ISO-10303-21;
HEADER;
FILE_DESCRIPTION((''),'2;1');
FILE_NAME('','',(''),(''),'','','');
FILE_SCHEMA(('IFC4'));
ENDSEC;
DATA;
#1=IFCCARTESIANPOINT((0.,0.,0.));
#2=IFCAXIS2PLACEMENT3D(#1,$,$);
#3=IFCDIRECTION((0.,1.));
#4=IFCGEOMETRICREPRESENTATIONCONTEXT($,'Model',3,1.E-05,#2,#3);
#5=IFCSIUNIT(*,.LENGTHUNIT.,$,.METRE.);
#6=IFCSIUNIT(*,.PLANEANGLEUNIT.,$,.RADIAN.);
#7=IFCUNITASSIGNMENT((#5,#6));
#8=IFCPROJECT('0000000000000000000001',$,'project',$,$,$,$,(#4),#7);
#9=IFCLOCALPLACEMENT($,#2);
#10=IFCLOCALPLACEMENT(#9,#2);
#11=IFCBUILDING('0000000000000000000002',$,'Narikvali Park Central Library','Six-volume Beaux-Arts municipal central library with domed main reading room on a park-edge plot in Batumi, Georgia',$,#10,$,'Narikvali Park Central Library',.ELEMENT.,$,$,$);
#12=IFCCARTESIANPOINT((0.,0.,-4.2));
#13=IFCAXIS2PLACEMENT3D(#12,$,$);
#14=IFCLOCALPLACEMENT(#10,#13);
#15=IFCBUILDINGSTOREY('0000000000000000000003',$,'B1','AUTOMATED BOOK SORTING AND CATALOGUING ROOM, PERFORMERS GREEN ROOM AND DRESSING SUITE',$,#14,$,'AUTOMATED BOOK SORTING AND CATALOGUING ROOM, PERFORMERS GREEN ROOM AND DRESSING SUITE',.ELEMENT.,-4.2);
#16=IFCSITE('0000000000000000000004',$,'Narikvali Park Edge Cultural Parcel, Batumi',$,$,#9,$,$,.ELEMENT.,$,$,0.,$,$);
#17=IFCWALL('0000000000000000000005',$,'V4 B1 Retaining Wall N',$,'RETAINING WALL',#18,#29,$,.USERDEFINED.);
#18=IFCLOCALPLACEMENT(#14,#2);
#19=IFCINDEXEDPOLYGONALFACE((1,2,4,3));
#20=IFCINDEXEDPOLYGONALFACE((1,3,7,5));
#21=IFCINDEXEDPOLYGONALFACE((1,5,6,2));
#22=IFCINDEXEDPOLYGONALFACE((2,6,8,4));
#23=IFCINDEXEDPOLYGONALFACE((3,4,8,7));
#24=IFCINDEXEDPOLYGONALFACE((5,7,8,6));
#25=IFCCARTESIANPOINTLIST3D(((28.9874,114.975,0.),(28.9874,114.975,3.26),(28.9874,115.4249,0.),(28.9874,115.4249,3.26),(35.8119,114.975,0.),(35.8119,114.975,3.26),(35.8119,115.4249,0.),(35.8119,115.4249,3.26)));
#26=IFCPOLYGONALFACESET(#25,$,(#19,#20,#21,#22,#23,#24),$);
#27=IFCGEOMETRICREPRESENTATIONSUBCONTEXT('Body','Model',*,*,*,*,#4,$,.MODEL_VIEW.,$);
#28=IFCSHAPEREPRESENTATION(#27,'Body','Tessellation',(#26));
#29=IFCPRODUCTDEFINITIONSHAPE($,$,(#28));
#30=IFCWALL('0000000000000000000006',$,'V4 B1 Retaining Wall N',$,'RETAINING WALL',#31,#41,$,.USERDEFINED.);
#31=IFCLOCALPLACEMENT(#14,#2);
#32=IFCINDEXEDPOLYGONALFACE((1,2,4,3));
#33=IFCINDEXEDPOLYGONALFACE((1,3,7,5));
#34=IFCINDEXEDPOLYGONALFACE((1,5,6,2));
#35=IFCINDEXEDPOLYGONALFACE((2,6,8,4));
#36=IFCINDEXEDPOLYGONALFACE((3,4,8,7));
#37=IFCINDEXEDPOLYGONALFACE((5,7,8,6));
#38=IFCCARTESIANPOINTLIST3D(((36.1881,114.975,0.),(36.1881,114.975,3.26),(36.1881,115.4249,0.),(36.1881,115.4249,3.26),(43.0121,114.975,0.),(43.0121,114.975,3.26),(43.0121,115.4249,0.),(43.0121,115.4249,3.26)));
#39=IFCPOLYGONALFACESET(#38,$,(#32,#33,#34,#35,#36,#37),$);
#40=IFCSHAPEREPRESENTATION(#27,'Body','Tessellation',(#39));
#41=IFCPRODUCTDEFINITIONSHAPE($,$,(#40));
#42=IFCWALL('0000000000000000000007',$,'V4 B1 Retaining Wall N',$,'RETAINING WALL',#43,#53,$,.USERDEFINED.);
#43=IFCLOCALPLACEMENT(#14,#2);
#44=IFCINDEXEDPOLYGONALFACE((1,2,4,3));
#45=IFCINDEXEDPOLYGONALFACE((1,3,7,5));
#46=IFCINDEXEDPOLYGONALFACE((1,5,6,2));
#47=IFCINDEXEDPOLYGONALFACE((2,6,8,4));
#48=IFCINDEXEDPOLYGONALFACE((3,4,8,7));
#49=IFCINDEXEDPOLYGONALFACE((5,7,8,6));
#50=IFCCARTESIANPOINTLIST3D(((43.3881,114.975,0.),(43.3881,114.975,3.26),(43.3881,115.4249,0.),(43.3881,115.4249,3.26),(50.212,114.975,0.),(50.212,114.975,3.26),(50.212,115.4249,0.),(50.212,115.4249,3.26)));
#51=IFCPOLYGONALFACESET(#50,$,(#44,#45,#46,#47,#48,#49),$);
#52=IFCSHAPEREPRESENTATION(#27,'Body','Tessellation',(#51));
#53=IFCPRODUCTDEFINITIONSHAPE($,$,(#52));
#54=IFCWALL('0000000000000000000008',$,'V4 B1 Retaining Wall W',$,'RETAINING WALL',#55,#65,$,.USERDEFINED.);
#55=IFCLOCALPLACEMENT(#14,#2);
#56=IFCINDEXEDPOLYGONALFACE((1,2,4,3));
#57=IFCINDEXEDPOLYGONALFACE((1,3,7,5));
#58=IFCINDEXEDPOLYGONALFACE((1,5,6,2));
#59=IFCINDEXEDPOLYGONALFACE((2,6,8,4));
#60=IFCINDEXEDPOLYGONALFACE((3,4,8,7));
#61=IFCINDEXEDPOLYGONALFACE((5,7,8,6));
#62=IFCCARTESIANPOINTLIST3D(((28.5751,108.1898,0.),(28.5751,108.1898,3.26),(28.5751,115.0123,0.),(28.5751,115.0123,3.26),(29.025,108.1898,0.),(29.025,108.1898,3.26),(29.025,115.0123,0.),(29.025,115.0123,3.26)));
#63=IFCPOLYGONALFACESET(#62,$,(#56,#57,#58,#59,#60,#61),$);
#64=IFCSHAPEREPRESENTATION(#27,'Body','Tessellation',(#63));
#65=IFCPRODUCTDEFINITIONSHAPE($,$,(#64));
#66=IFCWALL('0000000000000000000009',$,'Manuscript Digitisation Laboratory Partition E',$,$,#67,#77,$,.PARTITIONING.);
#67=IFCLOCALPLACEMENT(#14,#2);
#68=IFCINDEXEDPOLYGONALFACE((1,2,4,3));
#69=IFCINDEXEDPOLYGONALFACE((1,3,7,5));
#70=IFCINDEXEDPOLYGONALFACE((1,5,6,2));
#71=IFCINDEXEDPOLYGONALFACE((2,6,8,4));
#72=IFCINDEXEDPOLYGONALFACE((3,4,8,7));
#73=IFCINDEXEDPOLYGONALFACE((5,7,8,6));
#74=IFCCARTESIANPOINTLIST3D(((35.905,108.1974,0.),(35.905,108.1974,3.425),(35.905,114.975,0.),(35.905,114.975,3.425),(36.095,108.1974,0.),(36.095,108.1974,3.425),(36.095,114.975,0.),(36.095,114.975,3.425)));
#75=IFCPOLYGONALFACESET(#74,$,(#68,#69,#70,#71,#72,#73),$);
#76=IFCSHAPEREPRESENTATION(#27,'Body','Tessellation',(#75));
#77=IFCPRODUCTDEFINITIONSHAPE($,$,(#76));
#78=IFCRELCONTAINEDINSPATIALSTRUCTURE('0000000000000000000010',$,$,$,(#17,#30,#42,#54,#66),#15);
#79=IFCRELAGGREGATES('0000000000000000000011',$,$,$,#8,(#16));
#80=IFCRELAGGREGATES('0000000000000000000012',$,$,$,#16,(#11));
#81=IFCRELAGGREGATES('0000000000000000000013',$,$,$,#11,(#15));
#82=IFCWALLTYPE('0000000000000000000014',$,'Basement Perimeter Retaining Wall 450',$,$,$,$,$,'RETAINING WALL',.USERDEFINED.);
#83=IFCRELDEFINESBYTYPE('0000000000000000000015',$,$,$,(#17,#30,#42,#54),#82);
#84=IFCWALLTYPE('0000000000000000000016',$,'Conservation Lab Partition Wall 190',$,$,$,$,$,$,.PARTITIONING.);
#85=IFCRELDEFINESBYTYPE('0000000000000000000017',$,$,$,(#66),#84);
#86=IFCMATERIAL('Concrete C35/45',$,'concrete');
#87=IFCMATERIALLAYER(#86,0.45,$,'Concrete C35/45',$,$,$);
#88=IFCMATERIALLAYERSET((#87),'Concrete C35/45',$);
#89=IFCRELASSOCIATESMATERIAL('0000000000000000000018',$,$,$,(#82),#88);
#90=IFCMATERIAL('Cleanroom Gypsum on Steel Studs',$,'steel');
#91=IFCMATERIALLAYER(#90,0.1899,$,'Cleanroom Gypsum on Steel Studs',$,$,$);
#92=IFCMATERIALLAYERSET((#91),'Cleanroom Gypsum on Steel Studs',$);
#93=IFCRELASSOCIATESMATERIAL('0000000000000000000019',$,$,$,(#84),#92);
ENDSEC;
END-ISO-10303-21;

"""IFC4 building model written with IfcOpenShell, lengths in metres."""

from ifc_helpers import new_model, si_unit, direction, frame, frame_2d, origin, place, context, subcontext, project, spatial, rectangle, extrude, material, layer, layer_set, type_object, element, save


model = new_model("IFC4")

# Units and contexts
model_context = context("Model", 3, precision=1e-05, world=origin(), true_north=direction((0.0, 1.0)))
body_context = subcontext(model_context, "Body", "Model", "MODEL_VIEW")
ifc_project = project(units=[si_unit("LENGTHUNIT", "METRE"), si_unit("PLANEANGLEUNIT", "RADIAN")], contexts=[model_context])

# Site, building, storey
site_placement = place(None, origin())
site = spatial("IfcSite", under=ifc_project, at=site_placement, Name="Narikvali Park Edge Cultural Parcel, Batumi", CompositionType="ELEMENT", RefElevation=0.0)
building_placement = place(site_placement, origin())
building = spatial("IfcBuilding", under=site, at=building_placement, Name="Narikvali Park Central Library", Description="Six-volume Beaux-Arts municipal central library with domed main reading room on a park-edge plot in Batumi, Georgia", LongName="Narikvali Park Central Library", CompositionType="ELEMENT")
storey_placement = place(building_placement, frame((0.0, 0.0, -4.2)))
storey = spatial("IfcBuildingStorey", under=building, at=storey_placement, Name="B1", Description="AUTOMATED BOOK SORTING AND CATALOGUING ROOM, PERFORMERS GREEN ROOM AND DRESSING SUITE", LongName="AUTOMATED BOOK SORTING AND CATALOGUING ROOM, PERFORMERS GREEN ROOM AND DRESSING SUITE", CompositionType="ELEMENT", Elevation=-4.2)

# Shared definitions
ifc_material_1 = material(Name="Concrete C35/45", Category="concrete")

# Walls
ifc_layer_1 = layer(ifc_material_1, 0.45, Name="Concrete C35/45")
ifc_layer_set_1 = layer_set([ifc_layer_1], Name="Concrete C35/45")
wall_type_1 = type_object("IfcWallType", Name="Basement Perimeter Retaining Wall 450", ElementType="RETAINING WALL", PredefinedType="USERDEFINED", material=ifc_layer_set_1)
wall_1_placement = place(storey_placement, frame((28.9875, 115.2, 0.0), z_axis=(0.0, 0.0, 1.0), x_axis=(1.0, 0.0, 0.0)))
element("IfcWall", 1, at=wall_1_placement, inside=storey, type_object=wall_type_1, Name="V4 B1 Retaining Wall N", ObjectType="RETAINING WALL", PredefinedType="USERDEFINED", context=body_context, shape_type="SweptSolid", body=[
    extrude(rectangle(XDim=6.8245, YDim=0.45, at=frame_2d((3.4121, 0.0))), origin(), (0.0, 0.0, 1.0), 3.26),
])
for number, where, z_axis, x_axis, name in (
    (2, (36.188, 115.2, 0.0), (0.0, 0.0, 1.0), (1.0, 0.0, 0.0), "V4 B1 Retaining Wall N"),
    (3, (43.3879, 115.2, 0.0), (0.0, 0.0, 1.0), (1.0, 0.0, 0.0), "V4 B1 Retaining Wall N"),
):
    element("IfcWall", number, at=place(storey_placement, frame(where, z_axis=z_axis, x_axis=x_axis)), inside=storey, type_object=wall_type_1, Name=name, ObjectType="RETAINING WALL", PredefinedType="USERDEFINED", context=body_context, shape_type="SweptSolid", body=[
        extrude(rectangle(XDim=6.824, YDim=0.45, at=frame_2d((3.4121, 0.0))), origin(), (0.0, 0.0, 1.0), 3.26),
    ])
wall_2_placement = place(storey_placement, frame((28.8, 108.1899, 0.0), z_axis=(0.0, 0.0, 1.0), x_axis=(0.0, 1.0, 0.0)))
element("IfcWall", 4, at=wall_2_placement, inside=storey, type_object=wall_type_1, Name="V4 B1 Retaining Wall W", ObjectType="RETAINING WALL", PredefinedType="USERDEFINED", context=body_context, shape_type="SweptSolid", body=[
    extrude(rectangle(XDim=6.8225, YDim=0.45, at=frame_2d((3.4111, 0.0))), origin(), (0.0, 0.0, 1.0), 3.26),
])
ifc_material_2 = material(Name="Cleanroom Gypsum on Steel Studs", Category="steel")
ifc_layer_2 = layer(ifc_material_2, 0.1899, Name="Cleanroom Gypsum on Steel Studs")
ifc_layer_set_2 = layer_set([ifc_layer_2], Name="Cleanroom Gypsum on Steel Studs")
wall_type_2 = type_object("IfcWallType", Name="Conservation Lab Partition Wall 190", PredefinedType="PARTITIONING", material=ifc_layer_set_2)
wall_3_placement = place(storey_placement, frame((36.0, 108.1975, 0.0), z_axis=(0.0, 0.0, 1.0), x_axis=(0.0, 1.0, 0.0)))
element("IfcWall", 5, at=wall_3_placement, inside=storey, type_object=wall_type_2, Name="Manuscript Digitisation Laboratory Partition E", PredefinedType="PARTITIONING", context=body_context, shape_type="SweptSolid", body=[
    extrude(rectangle(XDim=6.7776, YDim=0.1899, at=frame_2d((3.3887, 0.0))), origin(), (0.0, 0.0, 1.0), 3.425),
])

save(model, "model.ifc")
